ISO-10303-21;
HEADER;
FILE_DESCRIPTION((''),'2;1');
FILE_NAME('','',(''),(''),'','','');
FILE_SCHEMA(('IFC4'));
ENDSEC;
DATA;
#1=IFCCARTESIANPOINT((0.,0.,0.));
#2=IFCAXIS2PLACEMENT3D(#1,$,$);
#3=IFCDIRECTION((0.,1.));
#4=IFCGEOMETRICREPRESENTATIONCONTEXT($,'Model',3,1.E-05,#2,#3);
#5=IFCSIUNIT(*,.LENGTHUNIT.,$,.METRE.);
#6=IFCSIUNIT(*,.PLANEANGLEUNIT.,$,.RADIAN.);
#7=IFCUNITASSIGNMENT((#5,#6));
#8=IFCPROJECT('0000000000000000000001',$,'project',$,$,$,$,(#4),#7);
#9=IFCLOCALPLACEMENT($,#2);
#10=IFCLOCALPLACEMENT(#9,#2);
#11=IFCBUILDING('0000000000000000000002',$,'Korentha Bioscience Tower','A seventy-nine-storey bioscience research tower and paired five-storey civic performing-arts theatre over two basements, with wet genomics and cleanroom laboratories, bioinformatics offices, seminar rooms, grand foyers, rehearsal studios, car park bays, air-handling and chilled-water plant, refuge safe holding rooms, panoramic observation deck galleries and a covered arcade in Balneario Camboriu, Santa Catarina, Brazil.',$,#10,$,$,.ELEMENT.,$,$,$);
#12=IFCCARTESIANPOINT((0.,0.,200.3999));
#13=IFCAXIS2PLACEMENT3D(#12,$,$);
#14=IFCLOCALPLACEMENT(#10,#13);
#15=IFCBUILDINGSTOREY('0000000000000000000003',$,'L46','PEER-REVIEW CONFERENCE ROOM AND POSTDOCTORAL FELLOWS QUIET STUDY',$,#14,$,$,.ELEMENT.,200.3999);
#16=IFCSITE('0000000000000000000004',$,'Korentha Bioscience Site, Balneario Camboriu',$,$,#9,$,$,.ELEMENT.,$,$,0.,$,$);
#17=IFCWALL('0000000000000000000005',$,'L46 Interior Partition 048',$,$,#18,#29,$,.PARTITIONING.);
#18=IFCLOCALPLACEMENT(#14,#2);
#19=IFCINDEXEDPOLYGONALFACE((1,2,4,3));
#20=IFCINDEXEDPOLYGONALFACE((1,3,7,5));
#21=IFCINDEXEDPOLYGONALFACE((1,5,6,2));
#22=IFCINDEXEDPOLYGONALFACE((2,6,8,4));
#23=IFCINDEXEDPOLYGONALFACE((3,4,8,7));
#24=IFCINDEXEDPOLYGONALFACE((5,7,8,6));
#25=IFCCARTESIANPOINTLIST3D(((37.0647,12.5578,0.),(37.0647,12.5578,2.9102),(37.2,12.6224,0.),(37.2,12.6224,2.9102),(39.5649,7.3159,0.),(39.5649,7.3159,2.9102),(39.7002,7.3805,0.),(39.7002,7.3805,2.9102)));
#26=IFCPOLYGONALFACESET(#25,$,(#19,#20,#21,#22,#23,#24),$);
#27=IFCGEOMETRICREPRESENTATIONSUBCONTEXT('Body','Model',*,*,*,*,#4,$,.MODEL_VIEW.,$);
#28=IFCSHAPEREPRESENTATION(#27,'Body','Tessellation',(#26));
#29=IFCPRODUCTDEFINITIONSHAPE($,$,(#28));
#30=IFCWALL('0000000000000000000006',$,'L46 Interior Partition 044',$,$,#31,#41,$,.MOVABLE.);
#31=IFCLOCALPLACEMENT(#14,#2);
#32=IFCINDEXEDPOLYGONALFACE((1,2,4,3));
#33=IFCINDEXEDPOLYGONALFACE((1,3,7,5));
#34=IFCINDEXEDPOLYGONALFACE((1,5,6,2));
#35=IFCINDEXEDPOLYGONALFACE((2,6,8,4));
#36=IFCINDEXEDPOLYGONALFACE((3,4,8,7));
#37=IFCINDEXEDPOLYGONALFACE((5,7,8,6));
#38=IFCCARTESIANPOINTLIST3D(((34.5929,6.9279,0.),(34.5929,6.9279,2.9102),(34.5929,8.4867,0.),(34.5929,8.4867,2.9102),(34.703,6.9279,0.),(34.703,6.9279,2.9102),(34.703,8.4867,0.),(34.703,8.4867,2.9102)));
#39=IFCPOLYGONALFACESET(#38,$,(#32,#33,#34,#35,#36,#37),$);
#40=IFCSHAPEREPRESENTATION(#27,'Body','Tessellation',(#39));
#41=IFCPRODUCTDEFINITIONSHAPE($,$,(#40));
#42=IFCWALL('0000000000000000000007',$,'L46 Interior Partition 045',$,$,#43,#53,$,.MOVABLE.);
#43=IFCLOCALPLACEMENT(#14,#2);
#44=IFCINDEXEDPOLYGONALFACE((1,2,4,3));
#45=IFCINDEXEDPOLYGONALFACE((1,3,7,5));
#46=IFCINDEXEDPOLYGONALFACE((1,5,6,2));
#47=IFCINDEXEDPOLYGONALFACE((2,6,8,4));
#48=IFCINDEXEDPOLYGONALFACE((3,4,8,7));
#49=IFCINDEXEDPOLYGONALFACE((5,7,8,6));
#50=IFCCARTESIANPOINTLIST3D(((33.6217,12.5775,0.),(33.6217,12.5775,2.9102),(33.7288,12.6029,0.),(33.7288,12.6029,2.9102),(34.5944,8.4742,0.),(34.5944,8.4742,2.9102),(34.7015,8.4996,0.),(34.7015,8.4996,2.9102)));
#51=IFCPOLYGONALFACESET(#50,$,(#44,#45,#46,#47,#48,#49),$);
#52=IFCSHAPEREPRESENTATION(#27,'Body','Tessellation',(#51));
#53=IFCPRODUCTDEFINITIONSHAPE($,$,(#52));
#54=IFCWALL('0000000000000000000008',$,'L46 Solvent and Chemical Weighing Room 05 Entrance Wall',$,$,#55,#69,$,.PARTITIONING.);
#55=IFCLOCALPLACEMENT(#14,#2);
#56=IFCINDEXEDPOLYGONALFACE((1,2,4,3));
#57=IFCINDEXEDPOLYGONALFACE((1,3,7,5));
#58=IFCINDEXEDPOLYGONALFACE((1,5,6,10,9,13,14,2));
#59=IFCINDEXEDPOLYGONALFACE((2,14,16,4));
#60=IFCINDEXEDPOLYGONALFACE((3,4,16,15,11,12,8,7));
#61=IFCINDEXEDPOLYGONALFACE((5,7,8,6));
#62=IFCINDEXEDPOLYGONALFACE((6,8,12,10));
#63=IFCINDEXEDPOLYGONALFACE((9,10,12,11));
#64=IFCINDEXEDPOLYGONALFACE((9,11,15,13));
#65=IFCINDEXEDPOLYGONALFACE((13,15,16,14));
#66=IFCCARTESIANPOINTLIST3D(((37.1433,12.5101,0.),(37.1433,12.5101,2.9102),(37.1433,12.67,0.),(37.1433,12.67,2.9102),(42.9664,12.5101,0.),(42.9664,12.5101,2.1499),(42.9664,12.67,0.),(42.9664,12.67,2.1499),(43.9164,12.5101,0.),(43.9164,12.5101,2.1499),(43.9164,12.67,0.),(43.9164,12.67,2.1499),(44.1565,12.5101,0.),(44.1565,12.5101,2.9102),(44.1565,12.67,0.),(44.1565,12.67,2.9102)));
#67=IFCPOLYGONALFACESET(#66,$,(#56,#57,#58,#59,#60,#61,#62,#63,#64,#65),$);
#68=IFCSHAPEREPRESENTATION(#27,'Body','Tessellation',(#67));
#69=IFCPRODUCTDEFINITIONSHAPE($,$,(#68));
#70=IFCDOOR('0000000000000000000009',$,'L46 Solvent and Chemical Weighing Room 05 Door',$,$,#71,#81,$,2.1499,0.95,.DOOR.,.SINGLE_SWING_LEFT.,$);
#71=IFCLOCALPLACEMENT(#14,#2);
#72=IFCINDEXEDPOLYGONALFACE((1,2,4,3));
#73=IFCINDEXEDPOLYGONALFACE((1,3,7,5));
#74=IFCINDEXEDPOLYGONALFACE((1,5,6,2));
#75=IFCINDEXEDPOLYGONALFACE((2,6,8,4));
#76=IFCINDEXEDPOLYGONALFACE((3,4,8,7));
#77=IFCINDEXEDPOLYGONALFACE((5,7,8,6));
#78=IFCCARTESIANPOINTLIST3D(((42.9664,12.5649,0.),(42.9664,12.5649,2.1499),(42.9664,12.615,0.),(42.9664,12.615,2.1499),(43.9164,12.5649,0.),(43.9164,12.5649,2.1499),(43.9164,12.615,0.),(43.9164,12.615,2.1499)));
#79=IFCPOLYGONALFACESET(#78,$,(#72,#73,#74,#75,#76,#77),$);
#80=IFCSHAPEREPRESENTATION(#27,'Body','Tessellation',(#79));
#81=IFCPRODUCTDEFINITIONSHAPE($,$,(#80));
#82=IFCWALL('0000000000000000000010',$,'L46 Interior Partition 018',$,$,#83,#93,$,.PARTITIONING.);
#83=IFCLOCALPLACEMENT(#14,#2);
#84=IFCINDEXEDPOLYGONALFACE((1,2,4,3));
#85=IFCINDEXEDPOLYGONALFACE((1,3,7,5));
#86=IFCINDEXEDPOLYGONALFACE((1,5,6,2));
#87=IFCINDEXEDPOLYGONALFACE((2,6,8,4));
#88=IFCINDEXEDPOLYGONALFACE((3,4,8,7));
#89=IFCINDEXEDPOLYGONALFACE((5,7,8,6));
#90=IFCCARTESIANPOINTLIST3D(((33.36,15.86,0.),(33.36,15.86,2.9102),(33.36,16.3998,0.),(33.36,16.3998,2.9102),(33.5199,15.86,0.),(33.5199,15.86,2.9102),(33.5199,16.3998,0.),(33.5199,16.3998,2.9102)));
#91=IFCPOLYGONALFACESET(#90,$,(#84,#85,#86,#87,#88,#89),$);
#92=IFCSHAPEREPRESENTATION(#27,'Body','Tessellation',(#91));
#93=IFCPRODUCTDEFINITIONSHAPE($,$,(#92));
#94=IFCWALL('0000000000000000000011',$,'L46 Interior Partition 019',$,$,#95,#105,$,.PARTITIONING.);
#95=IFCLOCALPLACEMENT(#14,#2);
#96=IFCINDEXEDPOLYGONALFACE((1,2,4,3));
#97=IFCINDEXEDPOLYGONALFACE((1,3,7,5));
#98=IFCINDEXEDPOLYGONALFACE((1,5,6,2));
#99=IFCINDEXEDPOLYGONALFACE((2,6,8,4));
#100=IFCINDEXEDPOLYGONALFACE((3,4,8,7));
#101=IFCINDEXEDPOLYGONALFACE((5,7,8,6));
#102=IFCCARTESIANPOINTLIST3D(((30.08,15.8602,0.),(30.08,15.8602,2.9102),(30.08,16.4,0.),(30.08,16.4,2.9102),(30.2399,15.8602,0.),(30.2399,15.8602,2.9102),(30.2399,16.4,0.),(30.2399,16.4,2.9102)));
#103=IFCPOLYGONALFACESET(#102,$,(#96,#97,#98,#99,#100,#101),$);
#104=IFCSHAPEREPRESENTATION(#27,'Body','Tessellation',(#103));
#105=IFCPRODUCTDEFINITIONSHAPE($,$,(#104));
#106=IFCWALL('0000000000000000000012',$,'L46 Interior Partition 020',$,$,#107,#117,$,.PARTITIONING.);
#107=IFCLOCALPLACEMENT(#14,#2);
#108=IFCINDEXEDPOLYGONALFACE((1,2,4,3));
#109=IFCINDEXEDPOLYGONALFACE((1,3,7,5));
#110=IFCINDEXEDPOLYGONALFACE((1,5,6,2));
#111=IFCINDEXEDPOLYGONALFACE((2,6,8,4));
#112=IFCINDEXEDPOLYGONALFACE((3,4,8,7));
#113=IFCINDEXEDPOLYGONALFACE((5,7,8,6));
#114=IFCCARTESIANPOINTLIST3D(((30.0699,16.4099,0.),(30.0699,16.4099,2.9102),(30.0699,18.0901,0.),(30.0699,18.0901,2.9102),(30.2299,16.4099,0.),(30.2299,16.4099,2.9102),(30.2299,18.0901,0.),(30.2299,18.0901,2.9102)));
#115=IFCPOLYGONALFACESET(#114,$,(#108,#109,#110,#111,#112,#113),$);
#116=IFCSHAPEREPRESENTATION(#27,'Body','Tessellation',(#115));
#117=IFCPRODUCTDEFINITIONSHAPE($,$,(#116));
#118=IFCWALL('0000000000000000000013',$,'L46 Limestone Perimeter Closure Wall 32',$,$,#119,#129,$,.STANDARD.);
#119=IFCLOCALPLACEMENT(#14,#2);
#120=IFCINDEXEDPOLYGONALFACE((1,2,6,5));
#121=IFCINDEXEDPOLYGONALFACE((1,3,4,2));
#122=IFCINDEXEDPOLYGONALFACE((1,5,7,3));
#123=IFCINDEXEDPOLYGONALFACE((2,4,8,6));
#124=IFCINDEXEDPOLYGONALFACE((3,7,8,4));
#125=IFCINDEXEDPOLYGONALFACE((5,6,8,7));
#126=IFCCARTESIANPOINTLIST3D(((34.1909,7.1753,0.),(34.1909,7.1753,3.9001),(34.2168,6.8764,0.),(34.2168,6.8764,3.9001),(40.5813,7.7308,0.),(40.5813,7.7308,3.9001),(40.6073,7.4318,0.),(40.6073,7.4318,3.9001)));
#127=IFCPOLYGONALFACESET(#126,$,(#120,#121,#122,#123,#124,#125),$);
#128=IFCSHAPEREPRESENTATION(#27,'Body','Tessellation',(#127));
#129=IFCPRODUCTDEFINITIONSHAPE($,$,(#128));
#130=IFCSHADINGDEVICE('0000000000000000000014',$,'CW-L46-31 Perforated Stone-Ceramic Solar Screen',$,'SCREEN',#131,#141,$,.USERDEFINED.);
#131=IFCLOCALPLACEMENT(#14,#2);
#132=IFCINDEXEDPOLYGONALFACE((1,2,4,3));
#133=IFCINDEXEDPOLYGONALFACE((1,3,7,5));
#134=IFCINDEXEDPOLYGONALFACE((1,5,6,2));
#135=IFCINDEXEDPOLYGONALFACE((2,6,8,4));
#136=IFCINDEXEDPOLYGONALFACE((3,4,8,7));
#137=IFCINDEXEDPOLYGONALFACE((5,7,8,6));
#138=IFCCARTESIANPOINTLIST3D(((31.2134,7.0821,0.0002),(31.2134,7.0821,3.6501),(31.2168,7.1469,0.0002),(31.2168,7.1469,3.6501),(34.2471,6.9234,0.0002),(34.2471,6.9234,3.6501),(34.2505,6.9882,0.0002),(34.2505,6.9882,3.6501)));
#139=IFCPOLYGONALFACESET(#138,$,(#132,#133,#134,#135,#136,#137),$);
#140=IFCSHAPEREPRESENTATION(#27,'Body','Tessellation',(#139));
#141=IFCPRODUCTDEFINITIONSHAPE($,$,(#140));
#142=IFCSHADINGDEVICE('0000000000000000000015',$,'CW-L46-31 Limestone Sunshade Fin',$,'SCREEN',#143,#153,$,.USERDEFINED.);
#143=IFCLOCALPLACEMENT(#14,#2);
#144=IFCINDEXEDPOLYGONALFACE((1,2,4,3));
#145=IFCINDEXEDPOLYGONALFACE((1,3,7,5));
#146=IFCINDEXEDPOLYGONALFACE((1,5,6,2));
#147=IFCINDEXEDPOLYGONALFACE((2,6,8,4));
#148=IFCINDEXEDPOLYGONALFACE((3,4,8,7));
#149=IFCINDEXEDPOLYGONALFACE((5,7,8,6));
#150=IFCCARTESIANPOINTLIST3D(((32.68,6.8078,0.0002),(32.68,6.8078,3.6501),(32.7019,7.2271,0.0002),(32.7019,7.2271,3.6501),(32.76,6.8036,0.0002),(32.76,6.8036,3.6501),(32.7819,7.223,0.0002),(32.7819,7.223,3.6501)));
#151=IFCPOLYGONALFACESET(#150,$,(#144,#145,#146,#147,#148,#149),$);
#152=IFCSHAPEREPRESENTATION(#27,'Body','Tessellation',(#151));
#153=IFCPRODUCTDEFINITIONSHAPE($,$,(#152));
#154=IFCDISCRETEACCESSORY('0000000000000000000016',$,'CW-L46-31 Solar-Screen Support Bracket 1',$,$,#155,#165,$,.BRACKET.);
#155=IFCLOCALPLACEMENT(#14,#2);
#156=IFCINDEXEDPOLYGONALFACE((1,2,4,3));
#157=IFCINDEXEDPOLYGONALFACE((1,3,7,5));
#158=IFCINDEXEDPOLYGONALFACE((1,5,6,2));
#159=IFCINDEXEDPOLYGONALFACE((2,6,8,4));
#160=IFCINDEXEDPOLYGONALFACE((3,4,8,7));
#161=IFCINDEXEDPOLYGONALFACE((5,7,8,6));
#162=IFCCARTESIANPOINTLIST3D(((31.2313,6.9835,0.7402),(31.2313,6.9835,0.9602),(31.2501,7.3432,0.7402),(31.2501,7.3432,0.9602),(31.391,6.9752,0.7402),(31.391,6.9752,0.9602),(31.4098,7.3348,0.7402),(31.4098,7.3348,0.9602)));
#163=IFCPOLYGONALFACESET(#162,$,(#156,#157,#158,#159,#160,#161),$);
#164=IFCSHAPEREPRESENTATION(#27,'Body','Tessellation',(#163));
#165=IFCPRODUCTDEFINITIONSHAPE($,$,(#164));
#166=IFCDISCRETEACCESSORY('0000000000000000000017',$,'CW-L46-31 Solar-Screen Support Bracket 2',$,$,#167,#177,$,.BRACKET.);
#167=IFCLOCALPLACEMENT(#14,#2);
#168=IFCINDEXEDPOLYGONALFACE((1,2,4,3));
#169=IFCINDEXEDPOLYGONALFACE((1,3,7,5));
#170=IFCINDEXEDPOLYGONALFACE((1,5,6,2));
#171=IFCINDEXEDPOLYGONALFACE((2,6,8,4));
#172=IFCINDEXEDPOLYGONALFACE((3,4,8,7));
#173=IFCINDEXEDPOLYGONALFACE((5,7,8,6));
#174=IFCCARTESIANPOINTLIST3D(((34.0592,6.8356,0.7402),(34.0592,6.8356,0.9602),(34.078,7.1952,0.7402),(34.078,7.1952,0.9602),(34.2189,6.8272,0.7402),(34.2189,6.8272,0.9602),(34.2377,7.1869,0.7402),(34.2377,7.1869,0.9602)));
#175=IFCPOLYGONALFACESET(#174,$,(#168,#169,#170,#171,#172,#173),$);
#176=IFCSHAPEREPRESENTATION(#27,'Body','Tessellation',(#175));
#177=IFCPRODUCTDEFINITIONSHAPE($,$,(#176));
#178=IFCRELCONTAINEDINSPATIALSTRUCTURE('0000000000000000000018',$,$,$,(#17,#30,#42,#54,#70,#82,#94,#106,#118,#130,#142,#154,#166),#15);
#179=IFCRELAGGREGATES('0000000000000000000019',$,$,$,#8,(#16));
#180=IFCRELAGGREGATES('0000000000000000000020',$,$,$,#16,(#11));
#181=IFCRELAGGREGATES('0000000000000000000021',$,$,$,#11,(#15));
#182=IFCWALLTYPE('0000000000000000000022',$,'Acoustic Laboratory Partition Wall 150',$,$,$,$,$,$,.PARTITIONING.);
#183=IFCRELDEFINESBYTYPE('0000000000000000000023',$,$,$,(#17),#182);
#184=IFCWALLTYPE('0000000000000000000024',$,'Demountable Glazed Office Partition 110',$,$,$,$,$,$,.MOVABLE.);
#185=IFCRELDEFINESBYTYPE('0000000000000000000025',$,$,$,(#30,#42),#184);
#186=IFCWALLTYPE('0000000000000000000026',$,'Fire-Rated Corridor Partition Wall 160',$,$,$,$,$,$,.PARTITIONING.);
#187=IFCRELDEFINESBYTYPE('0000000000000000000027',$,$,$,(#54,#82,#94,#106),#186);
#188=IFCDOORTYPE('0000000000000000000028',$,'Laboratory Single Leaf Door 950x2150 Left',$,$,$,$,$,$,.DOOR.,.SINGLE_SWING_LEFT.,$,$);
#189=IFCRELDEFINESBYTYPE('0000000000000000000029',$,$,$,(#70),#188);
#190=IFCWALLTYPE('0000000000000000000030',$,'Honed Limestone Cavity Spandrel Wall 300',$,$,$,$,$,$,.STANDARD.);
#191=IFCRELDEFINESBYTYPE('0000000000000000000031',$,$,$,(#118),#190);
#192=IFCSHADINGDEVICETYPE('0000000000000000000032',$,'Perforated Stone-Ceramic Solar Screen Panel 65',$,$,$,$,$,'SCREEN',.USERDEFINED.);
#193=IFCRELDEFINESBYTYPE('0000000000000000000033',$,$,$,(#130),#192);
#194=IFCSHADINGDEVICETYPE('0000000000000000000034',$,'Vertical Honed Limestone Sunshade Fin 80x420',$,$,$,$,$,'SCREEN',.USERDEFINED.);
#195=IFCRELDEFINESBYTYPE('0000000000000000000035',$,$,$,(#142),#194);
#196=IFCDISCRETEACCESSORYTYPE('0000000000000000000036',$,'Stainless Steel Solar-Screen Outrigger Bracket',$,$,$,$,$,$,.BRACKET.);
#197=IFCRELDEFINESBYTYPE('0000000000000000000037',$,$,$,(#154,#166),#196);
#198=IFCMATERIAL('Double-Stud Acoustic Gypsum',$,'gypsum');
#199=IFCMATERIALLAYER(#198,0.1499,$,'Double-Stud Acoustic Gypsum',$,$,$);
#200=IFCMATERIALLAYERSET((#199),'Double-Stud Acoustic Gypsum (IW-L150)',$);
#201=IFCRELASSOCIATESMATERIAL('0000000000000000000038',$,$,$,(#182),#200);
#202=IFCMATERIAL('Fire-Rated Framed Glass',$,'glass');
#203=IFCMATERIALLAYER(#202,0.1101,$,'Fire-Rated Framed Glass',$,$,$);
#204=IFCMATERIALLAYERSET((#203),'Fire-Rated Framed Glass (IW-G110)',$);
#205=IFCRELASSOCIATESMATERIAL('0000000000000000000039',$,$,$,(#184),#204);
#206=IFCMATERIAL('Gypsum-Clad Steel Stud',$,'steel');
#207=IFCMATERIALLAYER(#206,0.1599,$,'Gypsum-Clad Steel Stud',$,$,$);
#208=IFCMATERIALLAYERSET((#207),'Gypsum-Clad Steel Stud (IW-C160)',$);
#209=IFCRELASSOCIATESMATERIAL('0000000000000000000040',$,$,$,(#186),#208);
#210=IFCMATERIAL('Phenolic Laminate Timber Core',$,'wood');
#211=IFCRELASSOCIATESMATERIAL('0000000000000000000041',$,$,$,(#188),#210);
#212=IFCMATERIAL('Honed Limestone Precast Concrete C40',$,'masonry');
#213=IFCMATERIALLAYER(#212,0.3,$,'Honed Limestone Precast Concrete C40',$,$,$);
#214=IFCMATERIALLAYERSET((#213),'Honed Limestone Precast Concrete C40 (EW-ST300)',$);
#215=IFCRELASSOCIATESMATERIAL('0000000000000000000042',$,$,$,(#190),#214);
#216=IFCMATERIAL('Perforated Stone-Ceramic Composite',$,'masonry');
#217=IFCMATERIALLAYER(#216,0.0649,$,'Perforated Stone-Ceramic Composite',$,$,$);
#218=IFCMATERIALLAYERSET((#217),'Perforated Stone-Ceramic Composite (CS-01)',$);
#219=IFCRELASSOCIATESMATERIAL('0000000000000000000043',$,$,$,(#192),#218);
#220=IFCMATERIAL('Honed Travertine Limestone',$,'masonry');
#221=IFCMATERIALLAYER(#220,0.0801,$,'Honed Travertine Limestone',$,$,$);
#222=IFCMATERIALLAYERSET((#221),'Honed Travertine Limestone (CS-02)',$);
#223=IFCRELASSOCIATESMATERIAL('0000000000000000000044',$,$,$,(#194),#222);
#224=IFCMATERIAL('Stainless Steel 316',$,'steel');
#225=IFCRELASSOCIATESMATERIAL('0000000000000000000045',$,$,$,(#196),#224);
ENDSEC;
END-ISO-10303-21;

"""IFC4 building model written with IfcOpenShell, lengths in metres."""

from ifc_helpers import new_model, si_unit, direction, frame, frame_2d, origin, origin_2d, place, context, subcontext, project, spatial, rectangle, extrude, material, layer, layer_set, type_object, element, fill, save


model = new_model("IFC4")

# Units and contexts
model_context = context("Model", 3, precision=1e-05, world=origin(), true_north=direction((0.0, 1.0)))
body_context = subcontext(model_context, "Body", "Model", "MODEL_VIEW")
ifc_project = project(units=[si_unit("LENGTHUNIT", "METRE"), si_unit("PLANEANGLEUNIT", "RADIAN")], contexts=[model_context])

# Site, building, storey
site_placement = place(None, origin())
site = spatial("IfcSite", under=ifc_project, at=site_placement, Name="Korentha Bioscience Site, Balneario Camboriu", CompositionType="ELEMENT", RefElevation=0.0)
building_placement = place(site_placement, origin())
building = spatial("IfcBuilding", under=site, at=building_placement, Name="Korentha Bioscience Tower", Description="A seventy-nine-storey bioscience research tower and paired five-storey civic performing-arts theatre over two basements, with wet genomics and cleanroom laboratories, bioinformatics offices, seminar rooms, grand foyers, rehearsal studios, car park bays, air-handling and chilled-water plant, refuge safe holding rooms, panoramic observation deck galleries and a covered arcade in Balneario Camboriu, Santa Catarina, Brazil.", CompositionType="ELEMENT")
storey_placement = place(building_placement, frame((0.0, 0.0, 200.3999)))
storey = spatial("IfcBuildingStorey", under=building, at=storey_placement, Name="L46", Description="PEER-REVIEW CONFERENCE ROOM AND POSTDOCTORAL FELLOWS QUIET STUDY", CompositionType="ELEMENT", Elevation=200.3999)

# Shared definitions
ifc_material_1 = material(Name="Double-Stud Acoustic Gypsum", Category="gypsum")
ifc_layer_1 = layer(ifc_material_1, 0.1499, Name="Double-Stud Acoustic Gypsum")
ifc_layer_set_1 = layer_set([ifc_layer_1], Name="Double-Stud Acoustic Gypsum (IW-L150)")
wall_type_1 = type_object("IfcWallType", Name="Acoustic Laboratory Partition Wall 150", PredefinedType="PARTITIONING", material=ifc_layer_set_1)
ifc_material_2 = material(Name="Phenolic Laminate Timber Core", Category="wood")

# Walls
wall_1_placement = place(storey_placement, frame((37.1323, 12.5901, 0.0), z_axis=(0.0, 0.0, 1.0), x_axis=(0.430506, -0.902588, 0.0)))
element("IfcWall", 1, at=wall_1_placement, inside=storey, type_object=wall_type_1, Name="L46 Interior Partition 048", PredefinedType="PARTITIONING", context=body_context, shape_type="SweptSolid", body=[
    extrude(rectangle(XDim=5.8076, YDim=0.1499, at=frame_2d((2.9038, 0.0))), origin(), (0.0, 0.0, 1.0), 2.9102),
])
ifc_material_3 = material(Name="Fire-Rated Framed Glass", Category="glass")
ifc_layer_2 = layer(ifc_material_3, 0.1101, Name="Fire-Rated Framed Glass")
ifc_layer_set_2 = layer_set([ifc_layer_2], Name="Fire-Rated Framed Glass (IW-G110)")
wall_type_2 = type_object("IfcWallType", Name="Demountable Glazed Office Partition 110", PredefinedType="MOVABLE", material=ifc_layer_set_2)
wall_2_placement = place(storey_placement, frame((34.6479, 8.4866, 0.0), z_axis=(0.0, 0.0, 1.0), x_axis=(0.0, -1.0, 0.0)))
element("IfcWall", 2, at=wall_2_placement, inside=storey, type_object=wall_type_2, Name="L46 Interior Partition 044", PredefinedType="MOVABLE", context=body_context, shape_type="SweptSolid", body=[
    extrude(rectangle(XDim=1.5588, YDim=0.1101, at=frame_2d((0.7793, 0.0))), origin(), (0.0, 0.0, 1.0), 2.9102),
])
wall_3_placement = place(storey_placement, frame((33.6753, 12.5901, 0.0), z_axis=(0.0, 0.0, 1.0), x_axis=(0.230652, -0.973036, 0.0)))
element("IfcWall", 3, at=wall_3_placement, inside=storey, type_object=wall_type_2, Name="L46 Interior Partition 045", PredefinedType="MOVABLE", context=body_context, shape_type="SweptSolid", body=[
    extrude(rectangle(XDim=4.217, YDim=0.1101, at=frame_2d((2.1084, 0.0))), origin(), (0.0, 0.0, 1.0), 2.9102),
])

# Wall, opening, door
ifc_material_4 = material(Name="Gypsum-Clad Steel Stud", Category="steel")
ifc_layer_3 = layer(ifc_material_4, 0.1599, Name="Gypsum-Clad Steel Stud")
ifc_layer_set_3 = layer_set([ifc_layer_3], Name="Gypsum-Clad Steel Stud (IW-C160)")
wall_type_3 = type_object("IfcWallType", Name="Fire-Rated Corridor Partition Wall 160", PredefinedType="PARTITIONING", material=ifc_layer_set_3)
door_type_1 = type_object("IfcDoorType", Name="Laboratory Single Leaf Door 950x2150 Left", OperationType="SINGLE_SWING_LEFT", PredefinedType="DOOR", material=ifc_material_2)
wall_4_placement = place(storey_placement, frame((37.1433, 12.5901, 0.0), z_axis=(0.0, 0.0, 1.0), x_axis=(1.0, 0.0, 0.0)))
wall_4 = element("IfcWall", 4, at=wall_4_placement, inside=storey, type_object=wall_type_3, Name="L46 Solvent and Chemical Weighing Room 05 Entrance Wall", PredefinedType="PARTITIONING", context=body_context, shape_type="SweptSolid", body=[
    extrude(rectangle(XDim=7.0132, YDim=0.1599, at=frame_2d((3.5066, 0.0))), origin(), (0.0, 0.0, 1.0), 2.9102),
])
opening_1_placement = place(wall_4_placement, frame((5.823, 0.0, 0.0)))
opening_1 = element("IfcOpeningElement", 5, at=opening_1_placement, cuts=wall_4, PredefinedType="OPENING", context=body_context, shape_type="SweptSolid", body=[
    extrude(rectangle(XDim=0.95, YDim=2.1499, at=frame_2d((0.4751, 1.075))), frame((0.0, 0.0947, 0.0), z_axis=(0.0, -1.0, 0.0), x_axis=(1.0, 0.0, 0.0)), (0.0, 0.0, 1.0), 0.1897),
])
door_1_placement = place(opening_1_placement, origin())
door_1 = element("IfcDoor", 6, at=door_1_placement, inside=storey, type_object=door_type_1, Name="L46 Solvent and Chemical Weighing Room 05 Door", OperationType="SINGLE_SWING_LEFT", OverallHeight=2.1499, OverallWidth=0.95, PredefinedType="DOOR", context=body_context, shape_type="SweptSolid", body=[
    extrude(rectangle(XDim=0.95, YDim=2.1499, at=frame_2d((0.4751, 1.075))), frame((0.0, 0.0249, 0.0), z_axis=(0.0, -1.0, 0.0), x_axis=(1.0, 0.0, 0.0)), (0.0, 0.0, 1.0), 0.05),
])
fill(opening_1, door_1)

# Walls
for number, where, z_axis, x_axis, name in (
    (7, (33.4399, 16.3999, 0.0), (0.0, 0.0, 1.0), (0.0, -1.0, 0.0), "L46 Interior Partition 018"),
    (8, (30.1599, 15.8601, 0.0), (0.0, 0.0, 1.0), (0.0, 1.0, 0.0), "L46 Interior Partition 019"),
):
    element("IfcWall", number, at=place(storey_placement, frame(where, z_axis=z_axis, x_axis=x_axis)), inside=storey, type_object=wall_type_3, Name=name, PredefinedType="PARTITIONING", context=body_context, shape_type="SweptSolid", body=[
        extrude(rectangle(XDim=0.5398, YDim=0.1599, at=frame_2d((0.27, 0.0))), origin(), (0.0, 0.0, 1.0), 2.9102),
    ])
wall_5_placement = place(storey_placement, frame((30.1499, 16.4099, 0.0), z_axis=(0.0, 0.0, 1.0), x_axis=(0.0, 1.0, 0.0)))
element("IfcWall", 9, at=wall_5_placement, inside=storey, type_object=wall_type_3, Name="L46 Interior Partition 020", PredefinedType="PARTITIONING", context=body_context, shape_type="SweptSolid", body=[
    extrude(rectangle(XDim=1.6802, YDim=0.1599, at=frame_2d((0.8401, 0.0))), origin(), (0.0, 0.0, 1.0), 2.9102),
])
ifc_material_5 = material(Name="Honed Limestone Precast Concrete C40", Category="masonry")
ifc_layer_4 = layer(ifc_material_5, 0.3, Name="Honed Limestone Precast Concrete C40")
ifc_layer_set_4 = layer_set([ifc_layer_4], Name="Honed Limestone Precast Concrete C40 (EW-ST300)")
wall_type_4 = type_object("IfcWallType", Name="Honed Limestone Cavity Spandrel Wall 300", PredefinedType="STANDARD", material=ifc_layer_set_4)
wall_6_placement = place(storey_placement, frame((34.2039, 7.0259, 0.0), z_axis=(0.0, 0.0, 1.0), x_axis=(0.996244, 0.086589, 0.0)))
element("IfcWall", 10, at=wall_6_placement, inside=storey, type_object=wall_type_4, Name="L46 Limestone Perimeter Closure Wall 32", PredefinedType="STANDARD", context=body_context, shape_type="SweptSolid", body=[
    extrude(rectangle(XDim=6.4146, YDim=0.3, at=frame_2d((3.2073, 0.0))), origin(), (0.0, 0.0, 1.0), 3.9001),
])

# Shading devices
ifc_material_6 = material(Name="Perforated Stone-Ceramic Composite", Category="masonry")
ifc_layer_5 = layer(ifc_material_6, 0.0649, Name="Perforated Stone-Ceramic Composite")
ifc_layer_set_5 = layer_set([ifc_layer_5], Name="Perforated Stone-Ceramic Composite (CS-01)")
shading_device_type_1 = type_object("IfcShadingDeviceType", Name="Perforated Stone-Ceramic Solar Screen Panel 65", ElementType="SCREEN", PredefinedType="USERDEFINED", material=ifc_layer_set_5)
shading_device_1_placement = place(storey_placement, frame((32.7319, 7.0352, 0.0002), z_axis=(0.0, 0.0, 1.0), x_axis=(0.998635, -0.052239, 0.0)))
element("IfcShadingDevice", 11, at=shading_device_1_placement, inside=storey, type_object=shading_device_type_1, Name="CW-L46-31 Perforated Stone-Ceramic Solar Screen", ObjectType="SCREEN", PredefinedType="USERDEFINED", context=body_context, shape_type="SweptSolid", body=[
    extrude(rectangle(XDim=3.0378, YDim=0.0649, at=origin_2d()), origin(), (0.0, 0.0, 1.0), 3.6499),
])
ifc_material_7 = material(Name="Honed Travertine Limestone", Category="masonry")
ifc_layer_6 = layer(ifc_material_7, 0.0801, Name="Honed Travertine Limestone")
ifc_layer_set_6 = layer_set([ifc_layer_6], Name="Honed Travertine Limestone (CS-02)")
shading_device_type_2 = type_object("IfcShadingDeviceType", Name="Vertical Honed Limestone Sunshade Fin 80x420", ElementType="SCREEN", PredefinedType="USERDEFINED", material=ifc_layer_set_6)
shading_device_2_placement = place(storey_placement, frame((32.731, 7.0154, 0.0002), z_axis=(0.0, 0.0, 1.0), x_axis=(0.998635, -0.052239, 0.0)))
element("IfcShadingDevice", 12, at=shading_device_2_placement, inside=storey, type_object=shading_device_type_2, Name="CW-L46-31 Limestone Sunshade Fin", ObjectType="SCREEN", PredefinedType="USERDEFINED", context=body_context, shape_type="SweptSolid", body=[
    extrude(rectangle(XDim=0.0801, YDim=0.4199, at=origin_2d()), origin(), (0.0, 0.0, 1.0), 3.6499),
])

# Discrete accessories
ifc_material_8 = material(Name="Stainless Steel 316", Category="steel")
discrete_accessory_type = type_object("IfcDiscreteAccessoryType", Name="Stainless Steel Solar-Screen Outrigger Bracket", PredefinedType="BRACKET", material=ifc_material_8)
for number, where, z_axis, x_axis, name in (
    (13, (31.3206, 7.1592, 0.7402), (0.0, 0.0, 1.0), (0.998635, -0.052239, 0.0), "CW-L46-31 Solar-Screen Support Bracket 1"),
    (14, (34.1484, 7.0112, 0.7402), (0.0, 0.0, 1.0), (0.998635, -0.052239, 0.0), "CW-L46-31 Solar-Screen Support Bracket 2"),
):
    element("IfcDiscreteAccessory", number, at=place(storey_placement, frame(where, z_axis=z_axis, x_axis=x_axis)), inside=storey, type_object=discrete_accessory_type, Name=name, PredefinedType="BRACKET", context=body_context, shape_type="SweptSolid", body=[
        extrude(rectangle(XDim=0.1599, YDim=0.3601, at=origin_2d()), origin(), (0.0, 0.0, 1.0), 0.22),
    ])

save(model, "model.ifc")
